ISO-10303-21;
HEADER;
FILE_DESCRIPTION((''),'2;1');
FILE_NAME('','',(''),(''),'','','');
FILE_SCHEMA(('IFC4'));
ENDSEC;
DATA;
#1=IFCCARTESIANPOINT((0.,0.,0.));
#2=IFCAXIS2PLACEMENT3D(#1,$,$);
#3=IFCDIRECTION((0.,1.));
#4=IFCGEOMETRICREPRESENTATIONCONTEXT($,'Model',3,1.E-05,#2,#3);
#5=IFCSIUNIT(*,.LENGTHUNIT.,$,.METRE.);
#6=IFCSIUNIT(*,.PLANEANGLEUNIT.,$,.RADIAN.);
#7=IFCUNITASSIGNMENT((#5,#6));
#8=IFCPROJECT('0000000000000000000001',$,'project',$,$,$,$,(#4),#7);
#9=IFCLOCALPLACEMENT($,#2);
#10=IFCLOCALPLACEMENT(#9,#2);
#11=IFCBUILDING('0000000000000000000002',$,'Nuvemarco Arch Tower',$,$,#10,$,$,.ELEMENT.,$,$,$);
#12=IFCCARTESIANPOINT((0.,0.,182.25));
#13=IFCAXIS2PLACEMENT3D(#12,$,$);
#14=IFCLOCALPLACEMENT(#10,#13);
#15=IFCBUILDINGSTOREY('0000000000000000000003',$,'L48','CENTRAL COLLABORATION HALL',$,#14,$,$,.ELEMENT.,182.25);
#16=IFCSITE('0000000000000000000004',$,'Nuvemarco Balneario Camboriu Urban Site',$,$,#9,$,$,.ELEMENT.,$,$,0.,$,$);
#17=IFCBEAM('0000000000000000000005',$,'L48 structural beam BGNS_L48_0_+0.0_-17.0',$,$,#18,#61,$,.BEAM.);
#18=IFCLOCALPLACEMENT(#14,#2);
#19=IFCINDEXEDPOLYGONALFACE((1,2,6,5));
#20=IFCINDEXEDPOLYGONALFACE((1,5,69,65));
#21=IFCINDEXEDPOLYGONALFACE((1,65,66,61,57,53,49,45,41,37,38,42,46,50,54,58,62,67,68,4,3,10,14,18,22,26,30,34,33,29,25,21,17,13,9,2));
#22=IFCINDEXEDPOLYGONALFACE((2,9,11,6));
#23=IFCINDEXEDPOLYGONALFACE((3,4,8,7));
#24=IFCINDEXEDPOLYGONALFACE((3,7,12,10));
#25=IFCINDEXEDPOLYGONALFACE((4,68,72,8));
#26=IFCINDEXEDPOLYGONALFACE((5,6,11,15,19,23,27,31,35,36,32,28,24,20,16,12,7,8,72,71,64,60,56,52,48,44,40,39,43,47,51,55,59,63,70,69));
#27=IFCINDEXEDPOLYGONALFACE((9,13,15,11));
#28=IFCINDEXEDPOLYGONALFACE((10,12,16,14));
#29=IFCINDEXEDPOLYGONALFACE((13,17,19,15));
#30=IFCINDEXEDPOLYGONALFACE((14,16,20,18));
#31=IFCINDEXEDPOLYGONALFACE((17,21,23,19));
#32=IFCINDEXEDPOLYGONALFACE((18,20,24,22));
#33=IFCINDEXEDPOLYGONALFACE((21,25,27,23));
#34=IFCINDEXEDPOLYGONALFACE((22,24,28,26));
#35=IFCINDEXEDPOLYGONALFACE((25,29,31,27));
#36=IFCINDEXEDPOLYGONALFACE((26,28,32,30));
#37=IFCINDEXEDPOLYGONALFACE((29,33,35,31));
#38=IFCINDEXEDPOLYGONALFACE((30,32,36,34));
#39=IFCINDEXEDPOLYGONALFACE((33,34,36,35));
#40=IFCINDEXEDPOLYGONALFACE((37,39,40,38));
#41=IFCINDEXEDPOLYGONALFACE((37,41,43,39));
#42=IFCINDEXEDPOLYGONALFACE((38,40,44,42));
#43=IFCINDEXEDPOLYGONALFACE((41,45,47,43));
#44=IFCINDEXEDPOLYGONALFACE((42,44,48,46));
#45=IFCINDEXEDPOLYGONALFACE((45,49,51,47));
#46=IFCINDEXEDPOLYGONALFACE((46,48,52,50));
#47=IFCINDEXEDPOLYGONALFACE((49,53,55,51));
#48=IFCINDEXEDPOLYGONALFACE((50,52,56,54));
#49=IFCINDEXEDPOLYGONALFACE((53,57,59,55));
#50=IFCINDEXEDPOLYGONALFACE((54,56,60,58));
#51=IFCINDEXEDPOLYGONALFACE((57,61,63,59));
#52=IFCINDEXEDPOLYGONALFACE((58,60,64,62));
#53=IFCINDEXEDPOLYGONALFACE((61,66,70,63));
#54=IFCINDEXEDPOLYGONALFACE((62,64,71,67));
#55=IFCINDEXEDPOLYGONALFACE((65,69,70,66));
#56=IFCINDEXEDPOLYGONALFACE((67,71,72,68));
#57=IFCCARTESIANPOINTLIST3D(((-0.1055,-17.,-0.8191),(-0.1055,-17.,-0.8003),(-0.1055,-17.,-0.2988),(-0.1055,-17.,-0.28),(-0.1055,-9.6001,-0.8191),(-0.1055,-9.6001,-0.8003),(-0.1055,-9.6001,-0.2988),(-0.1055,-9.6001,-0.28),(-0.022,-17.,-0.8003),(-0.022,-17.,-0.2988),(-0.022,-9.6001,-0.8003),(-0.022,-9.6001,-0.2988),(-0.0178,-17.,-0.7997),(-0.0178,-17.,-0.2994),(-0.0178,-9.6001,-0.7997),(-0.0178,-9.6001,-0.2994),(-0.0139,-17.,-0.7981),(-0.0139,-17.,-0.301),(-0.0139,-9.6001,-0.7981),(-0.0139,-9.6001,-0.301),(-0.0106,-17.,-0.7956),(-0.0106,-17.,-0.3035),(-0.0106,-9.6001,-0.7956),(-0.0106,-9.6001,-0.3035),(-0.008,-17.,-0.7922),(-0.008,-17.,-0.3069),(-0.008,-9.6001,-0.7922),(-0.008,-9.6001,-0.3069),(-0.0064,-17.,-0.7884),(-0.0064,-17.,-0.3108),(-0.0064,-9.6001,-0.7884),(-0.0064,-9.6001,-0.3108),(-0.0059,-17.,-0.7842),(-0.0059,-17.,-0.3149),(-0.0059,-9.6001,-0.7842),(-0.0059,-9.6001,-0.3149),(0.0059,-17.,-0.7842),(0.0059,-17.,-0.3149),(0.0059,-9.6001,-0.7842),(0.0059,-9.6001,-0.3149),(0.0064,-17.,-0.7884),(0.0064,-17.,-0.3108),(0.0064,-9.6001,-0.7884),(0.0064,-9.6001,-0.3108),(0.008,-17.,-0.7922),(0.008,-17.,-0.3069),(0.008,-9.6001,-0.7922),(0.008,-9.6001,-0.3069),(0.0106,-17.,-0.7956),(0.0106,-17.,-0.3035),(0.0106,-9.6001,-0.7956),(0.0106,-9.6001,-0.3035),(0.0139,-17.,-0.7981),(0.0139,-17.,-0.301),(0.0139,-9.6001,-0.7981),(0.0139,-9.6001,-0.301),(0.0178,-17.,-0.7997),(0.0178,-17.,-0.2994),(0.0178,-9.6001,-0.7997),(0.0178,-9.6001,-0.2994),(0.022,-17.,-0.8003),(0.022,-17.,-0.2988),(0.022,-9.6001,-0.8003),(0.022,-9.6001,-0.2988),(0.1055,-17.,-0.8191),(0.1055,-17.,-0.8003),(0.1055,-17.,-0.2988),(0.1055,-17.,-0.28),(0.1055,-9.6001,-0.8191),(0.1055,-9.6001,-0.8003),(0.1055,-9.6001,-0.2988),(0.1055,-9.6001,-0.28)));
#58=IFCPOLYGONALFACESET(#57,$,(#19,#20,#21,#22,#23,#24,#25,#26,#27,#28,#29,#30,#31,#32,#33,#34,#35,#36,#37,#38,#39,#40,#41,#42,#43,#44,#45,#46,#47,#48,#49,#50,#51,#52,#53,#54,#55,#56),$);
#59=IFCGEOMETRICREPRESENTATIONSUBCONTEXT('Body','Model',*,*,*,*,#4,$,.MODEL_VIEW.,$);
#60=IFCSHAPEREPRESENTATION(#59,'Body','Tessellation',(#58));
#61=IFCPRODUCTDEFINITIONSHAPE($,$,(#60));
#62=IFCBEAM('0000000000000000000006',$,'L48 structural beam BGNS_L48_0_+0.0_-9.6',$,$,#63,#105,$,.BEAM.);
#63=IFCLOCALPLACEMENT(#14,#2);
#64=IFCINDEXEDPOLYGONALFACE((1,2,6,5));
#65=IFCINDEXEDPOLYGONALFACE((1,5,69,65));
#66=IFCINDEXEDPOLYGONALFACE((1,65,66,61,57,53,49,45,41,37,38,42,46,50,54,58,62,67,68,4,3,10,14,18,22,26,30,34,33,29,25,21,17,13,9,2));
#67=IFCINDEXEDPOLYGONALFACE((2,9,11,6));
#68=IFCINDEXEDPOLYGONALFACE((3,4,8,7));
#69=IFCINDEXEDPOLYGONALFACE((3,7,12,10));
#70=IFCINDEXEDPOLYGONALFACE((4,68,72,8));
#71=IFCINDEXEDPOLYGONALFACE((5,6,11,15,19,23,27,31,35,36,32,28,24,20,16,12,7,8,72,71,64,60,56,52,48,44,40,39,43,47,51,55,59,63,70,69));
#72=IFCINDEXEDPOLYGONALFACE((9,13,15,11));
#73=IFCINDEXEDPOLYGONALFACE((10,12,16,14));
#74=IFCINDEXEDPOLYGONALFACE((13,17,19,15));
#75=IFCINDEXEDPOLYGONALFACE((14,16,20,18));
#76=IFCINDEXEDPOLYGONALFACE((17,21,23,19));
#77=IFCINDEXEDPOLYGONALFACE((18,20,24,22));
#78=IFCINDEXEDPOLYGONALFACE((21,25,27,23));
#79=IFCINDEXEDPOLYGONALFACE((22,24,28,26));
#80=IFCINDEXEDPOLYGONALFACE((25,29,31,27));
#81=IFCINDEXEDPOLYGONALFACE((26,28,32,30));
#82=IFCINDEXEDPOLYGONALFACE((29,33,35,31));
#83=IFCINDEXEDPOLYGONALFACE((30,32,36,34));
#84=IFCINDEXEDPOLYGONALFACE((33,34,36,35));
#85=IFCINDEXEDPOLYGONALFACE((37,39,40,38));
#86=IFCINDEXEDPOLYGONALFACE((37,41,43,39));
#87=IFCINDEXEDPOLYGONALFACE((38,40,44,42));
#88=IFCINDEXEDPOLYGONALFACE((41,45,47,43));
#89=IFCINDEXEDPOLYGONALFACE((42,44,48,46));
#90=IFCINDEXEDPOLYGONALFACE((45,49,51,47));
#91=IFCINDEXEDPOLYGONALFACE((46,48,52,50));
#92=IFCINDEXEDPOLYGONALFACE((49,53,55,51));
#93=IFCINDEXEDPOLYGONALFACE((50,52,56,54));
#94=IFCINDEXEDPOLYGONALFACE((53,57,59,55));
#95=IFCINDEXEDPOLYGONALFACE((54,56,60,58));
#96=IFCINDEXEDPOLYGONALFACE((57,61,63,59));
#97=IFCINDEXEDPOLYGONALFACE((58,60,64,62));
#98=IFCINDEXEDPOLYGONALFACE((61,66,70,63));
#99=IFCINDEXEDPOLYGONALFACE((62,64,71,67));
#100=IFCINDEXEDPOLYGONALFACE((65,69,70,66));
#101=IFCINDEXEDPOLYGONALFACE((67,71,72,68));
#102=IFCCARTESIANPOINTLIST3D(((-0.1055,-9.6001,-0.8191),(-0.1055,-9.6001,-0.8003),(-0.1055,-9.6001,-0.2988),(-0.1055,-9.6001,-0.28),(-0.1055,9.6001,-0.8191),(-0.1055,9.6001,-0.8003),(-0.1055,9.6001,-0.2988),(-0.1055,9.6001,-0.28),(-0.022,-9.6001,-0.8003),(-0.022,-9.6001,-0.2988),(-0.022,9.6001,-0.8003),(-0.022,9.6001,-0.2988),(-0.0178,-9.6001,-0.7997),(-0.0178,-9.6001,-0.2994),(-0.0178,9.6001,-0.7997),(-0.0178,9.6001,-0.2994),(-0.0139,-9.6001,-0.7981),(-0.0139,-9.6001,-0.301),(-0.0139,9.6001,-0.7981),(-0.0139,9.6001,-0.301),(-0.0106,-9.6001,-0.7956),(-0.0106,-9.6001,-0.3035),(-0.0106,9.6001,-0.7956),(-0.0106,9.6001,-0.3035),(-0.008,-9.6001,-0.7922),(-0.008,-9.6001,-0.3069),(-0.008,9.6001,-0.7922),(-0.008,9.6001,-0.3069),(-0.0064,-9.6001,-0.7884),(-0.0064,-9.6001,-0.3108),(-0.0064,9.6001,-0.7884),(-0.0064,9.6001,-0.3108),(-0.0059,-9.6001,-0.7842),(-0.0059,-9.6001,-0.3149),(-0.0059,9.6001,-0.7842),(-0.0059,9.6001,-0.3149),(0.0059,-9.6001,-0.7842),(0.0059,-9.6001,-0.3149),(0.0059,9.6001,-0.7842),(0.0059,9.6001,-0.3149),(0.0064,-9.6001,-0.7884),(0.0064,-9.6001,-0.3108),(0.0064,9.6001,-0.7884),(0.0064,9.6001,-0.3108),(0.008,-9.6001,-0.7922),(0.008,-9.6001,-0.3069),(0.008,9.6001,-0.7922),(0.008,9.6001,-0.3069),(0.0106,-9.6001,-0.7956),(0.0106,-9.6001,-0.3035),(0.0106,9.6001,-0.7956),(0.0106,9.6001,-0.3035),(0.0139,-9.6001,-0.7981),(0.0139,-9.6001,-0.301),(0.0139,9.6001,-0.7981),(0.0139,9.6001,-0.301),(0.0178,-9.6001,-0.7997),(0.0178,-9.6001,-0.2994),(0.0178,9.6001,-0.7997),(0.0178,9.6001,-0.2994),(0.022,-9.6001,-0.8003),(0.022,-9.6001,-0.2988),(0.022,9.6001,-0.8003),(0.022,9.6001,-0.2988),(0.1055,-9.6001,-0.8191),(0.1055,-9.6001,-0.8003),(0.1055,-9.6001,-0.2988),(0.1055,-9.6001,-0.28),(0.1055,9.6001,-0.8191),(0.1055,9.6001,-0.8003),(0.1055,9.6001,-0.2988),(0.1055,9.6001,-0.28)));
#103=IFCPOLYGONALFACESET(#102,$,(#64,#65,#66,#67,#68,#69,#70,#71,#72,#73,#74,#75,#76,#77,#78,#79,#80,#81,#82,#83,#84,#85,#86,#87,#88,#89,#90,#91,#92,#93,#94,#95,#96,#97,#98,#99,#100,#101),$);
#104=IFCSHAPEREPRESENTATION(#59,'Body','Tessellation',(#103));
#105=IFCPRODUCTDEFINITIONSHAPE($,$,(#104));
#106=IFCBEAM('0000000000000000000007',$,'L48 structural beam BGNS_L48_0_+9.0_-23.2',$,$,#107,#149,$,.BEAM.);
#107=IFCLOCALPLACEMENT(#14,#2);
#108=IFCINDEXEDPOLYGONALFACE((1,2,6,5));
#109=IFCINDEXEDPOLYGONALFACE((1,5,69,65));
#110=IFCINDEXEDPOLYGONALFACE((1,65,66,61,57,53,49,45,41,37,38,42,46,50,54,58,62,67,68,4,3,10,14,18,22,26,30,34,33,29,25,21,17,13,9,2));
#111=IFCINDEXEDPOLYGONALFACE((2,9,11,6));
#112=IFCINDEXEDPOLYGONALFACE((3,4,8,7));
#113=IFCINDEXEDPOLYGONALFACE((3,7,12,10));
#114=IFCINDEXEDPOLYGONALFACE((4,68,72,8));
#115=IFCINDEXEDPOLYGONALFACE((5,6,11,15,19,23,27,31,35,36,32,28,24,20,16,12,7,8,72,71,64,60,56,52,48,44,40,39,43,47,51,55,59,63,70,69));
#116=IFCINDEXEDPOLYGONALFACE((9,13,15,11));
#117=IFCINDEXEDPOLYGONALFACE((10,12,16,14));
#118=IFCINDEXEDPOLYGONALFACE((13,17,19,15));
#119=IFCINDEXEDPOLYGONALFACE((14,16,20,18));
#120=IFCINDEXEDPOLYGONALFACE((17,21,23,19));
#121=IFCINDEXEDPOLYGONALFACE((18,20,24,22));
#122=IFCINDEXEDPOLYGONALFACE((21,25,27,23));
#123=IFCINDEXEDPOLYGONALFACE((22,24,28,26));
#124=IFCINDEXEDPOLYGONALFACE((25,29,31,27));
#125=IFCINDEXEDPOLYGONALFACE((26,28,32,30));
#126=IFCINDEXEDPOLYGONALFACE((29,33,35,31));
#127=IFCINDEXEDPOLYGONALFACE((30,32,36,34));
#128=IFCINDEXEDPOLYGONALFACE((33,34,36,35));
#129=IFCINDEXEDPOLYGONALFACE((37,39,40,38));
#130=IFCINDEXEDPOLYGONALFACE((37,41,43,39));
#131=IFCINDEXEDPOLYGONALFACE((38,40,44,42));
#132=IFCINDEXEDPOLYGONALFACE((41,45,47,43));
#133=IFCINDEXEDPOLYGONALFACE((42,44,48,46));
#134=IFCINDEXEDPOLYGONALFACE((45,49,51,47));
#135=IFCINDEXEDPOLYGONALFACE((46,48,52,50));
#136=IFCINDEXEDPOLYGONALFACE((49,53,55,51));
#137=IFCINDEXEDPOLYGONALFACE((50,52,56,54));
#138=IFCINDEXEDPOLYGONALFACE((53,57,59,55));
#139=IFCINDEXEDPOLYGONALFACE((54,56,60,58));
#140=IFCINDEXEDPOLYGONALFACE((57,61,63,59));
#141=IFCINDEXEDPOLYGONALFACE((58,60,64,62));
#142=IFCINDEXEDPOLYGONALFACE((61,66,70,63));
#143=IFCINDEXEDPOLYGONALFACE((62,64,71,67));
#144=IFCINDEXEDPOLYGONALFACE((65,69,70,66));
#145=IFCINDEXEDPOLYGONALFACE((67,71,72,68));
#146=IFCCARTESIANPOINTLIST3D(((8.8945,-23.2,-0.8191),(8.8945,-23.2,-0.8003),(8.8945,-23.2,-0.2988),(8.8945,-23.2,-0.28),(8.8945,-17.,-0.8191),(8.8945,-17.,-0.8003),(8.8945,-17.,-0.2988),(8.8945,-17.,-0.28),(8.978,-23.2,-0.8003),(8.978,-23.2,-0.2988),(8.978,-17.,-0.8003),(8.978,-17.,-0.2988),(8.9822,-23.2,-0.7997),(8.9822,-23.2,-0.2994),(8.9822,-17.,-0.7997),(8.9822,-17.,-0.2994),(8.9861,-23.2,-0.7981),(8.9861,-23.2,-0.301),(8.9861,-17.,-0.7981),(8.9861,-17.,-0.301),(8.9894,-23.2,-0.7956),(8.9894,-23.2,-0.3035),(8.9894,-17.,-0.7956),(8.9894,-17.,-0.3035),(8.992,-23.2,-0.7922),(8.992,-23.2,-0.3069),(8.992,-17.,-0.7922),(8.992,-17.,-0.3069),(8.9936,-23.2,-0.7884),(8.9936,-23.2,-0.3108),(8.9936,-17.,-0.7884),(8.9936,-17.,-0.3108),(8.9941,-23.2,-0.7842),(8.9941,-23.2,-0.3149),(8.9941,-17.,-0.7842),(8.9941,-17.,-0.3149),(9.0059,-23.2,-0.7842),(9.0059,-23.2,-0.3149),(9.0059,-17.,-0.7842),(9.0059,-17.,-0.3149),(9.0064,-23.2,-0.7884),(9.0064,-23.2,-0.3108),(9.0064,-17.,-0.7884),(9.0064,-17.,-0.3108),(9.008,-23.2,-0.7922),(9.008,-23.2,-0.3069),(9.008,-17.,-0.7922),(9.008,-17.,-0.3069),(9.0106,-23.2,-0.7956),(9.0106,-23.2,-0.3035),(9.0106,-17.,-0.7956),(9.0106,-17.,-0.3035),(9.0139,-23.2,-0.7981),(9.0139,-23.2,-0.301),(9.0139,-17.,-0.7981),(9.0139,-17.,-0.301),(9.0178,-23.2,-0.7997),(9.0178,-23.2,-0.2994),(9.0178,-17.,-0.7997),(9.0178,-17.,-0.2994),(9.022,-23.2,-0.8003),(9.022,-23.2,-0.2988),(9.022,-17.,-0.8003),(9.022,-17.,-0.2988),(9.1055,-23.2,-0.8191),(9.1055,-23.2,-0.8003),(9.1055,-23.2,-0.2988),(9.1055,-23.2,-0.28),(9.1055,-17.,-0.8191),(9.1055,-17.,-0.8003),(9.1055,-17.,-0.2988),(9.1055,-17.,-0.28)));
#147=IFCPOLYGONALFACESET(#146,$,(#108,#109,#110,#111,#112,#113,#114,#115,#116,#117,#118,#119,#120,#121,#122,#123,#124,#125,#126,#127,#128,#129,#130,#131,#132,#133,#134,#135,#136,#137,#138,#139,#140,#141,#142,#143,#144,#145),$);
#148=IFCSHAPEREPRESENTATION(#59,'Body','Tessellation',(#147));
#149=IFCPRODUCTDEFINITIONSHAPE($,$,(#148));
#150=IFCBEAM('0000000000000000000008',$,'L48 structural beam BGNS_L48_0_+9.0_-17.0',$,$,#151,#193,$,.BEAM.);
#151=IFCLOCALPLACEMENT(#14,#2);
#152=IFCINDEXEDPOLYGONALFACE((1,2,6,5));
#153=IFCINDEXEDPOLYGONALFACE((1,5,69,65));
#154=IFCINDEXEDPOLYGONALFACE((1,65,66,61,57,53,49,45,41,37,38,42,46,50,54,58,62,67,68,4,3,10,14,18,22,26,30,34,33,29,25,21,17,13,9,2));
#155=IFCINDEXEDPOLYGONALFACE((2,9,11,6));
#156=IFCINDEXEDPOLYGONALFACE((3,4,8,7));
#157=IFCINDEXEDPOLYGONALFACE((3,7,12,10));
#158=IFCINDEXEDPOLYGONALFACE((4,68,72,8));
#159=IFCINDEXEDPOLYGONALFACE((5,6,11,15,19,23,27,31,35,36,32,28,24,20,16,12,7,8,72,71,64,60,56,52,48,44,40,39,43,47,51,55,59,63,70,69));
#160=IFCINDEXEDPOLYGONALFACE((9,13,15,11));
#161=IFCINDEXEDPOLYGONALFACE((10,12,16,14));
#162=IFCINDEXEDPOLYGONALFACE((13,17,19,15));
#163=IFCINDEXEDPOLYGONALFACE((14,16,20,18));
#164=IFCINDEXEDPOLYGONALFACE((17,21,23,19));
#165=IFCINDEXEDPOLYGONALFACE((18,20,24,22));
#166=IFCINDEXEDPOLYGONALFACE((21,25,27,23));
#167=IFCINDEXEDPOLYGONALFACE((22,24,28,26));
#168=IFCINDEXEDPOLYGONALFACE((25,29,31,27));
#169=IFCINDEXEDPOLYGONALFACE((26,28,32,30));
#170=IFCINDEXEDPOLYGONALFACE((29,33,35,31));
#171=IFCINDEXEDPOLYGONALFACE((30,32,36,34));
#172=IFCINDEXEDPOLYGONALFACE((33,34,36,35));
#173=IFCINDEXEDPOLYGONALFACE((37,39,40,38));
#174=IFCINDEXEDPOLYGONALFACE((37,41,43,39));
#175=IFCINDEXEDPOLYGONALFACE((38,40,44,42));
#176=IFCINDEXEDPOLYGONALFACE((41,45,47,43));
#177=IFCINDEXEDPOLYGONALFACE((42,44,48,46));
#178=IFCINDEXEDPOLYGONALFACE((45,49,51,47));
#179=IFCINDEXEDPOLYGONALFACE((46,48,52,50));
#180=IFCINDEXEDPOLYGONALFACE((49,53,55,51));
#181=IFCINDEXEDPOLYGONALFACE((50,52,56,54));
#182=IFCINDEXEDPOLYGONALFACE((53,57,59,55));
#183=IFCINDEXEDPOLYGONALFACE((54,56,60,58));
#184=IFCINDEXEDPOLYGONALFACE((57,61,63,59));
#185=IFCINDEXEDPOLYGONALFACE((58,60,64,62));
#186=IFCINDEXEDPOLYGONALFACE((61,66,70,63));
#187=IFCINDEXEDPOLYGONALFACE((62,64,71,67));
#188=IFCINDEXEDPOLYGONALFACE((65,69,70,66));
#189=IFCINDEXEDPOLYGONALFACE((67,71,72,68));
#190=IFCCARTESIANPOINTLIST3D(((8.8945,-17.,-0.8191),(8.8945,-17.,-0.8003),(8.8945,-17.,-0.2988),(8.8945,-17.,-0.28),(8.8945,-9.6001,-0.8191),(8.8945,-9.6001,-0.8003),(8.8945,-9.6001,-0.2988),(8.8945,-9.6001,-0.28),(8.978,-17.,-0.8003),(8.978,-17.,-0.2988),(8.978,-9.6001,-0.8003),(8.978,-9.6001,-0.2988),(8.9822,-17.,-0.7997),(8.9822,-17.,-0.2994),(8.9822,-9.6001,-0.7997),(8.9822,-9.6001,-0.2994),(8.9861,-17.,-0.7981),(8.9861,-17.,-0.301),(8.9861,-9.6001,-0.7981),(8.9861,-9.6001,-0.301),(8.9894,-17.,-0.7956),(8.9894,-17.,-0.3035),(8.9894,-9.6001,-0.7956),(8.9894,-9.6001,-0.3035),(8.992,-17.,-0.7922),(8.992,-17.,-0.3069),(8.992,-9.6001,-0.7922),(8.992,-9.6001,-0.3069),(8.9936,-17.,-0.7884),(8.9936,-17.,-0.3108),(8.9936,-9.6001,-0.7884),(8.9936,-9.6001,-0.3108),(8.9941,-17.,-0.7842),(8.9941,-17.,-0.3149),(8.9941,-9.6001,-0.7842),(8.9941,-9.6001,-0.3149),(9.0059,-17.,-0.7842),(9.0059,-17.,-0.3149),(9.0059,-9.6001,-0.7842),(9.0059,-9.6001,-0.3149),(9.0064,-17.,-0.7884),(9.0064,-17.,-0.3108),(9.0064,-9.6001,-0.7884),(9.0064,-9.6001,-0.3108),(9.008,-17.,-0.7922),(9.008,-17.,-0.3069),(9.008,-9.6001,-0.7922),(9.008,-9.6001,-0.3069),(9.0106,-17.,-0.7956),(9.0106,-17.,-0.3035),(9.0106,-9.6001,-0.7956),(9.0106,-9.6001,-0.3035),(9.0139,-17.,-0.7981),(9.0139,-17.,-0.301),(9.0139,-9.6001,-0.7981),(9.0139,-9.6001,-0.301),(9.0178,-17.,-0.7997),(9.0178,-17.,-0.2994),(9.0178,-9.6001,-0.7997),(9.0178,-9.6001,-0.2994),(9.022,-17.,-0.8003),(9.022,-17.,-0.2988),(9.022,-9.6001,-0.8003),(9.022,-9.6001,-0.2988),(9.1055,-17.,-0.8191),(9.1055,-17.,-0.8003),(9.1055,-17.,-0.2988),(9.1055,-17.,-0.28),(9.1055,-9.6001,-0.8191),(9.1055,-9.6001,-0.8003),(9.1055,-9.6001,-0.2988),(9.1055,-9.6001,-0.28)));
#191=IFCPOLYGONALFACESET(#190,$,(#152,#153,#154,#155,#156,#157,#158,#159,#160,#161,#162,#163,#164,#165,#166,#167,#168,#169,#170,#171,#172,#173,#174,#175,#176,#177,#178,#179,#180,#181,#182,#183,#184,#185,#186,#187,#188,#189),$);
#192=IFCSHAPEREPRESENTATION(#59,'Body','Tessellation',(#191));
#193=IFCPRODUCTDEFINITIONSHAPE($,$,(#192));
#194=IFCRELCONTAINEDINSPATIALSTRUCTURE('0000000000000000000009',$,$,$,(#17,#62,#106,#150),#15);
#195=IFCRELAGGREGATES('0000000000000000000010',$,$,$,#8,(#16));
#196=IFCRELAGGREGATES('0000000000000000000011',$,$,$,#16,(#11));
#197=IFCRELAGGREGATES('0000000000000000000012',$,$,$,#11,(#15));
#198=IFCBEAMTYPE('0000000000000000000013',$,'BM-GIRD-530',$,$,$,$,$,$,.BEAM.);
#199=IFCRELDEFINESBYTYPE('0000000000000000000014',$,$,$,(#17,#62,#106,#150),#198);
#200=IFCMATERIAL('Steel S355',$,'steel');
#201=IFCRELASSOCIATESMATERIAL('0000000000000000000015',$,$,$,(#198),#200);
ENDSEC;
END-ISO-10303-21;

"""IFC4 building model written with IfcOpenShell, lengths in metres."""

from ifc_helpers import new_model, si_unit, direction, frame, origin, origin_2d, place, context, subcontext, project, spatial, i_section, extrude, material, material_profile, profile_set, type_object, element, save


model = new_model("IFC4")

# Units and contexts
model_context = context("Model", 3, precision=1e-05, world=origin(), true_north=direction((0.0, 1.0)))
body_context = subcontext(model_context, "Body", "Model", "MODEL_VIEW")
ifc_project = project(units=[si_unit("LENGTHUNIT", "METRE"), si_unit("PLANEANGLEUNIT", "RADIAN")], contexts=[model_context])

# Site, building, storey
site_placement = place(None, origin())
site = spatial("IfcSite", under=ifc_project, at=site_placement, Name="Nuvemarco Balneario Camboriu Urban Site", CompositionType="ELEMENT", RefElevation=0.0)
building_placement = place(site_placement, origin())
building = spatial("IfcBuilding", under=site, at=building_placement, Name="Nuvemarco Arch Tower", CompositionType="ELEMENT")
storey_placement = place(building_placement, frame((0.0, 0.0, 182.25)))
storey = spatial("IfcBuildingStorey", under=building, at=storey_placement, Name="L48", Description="CENTRAL COLLABORATION HALL", CompositionType="ELEMENT", Elevation=182.25)

# Shared definitions
ifc_material_1 = material(Name="Steel S355", Category="steel")

# Beams
ifc_material_profile_1 = material_profile(ifc_material_1, i_section(OverallWidth=0.2109, OverallDepth=0.5391, WebThickness=0.0117, FlangeThickness=0.0188, FilletRadius=0.0161, at=origin_2d()), Name="W530x109")
ifc_profile_set_1 = profile_set([ifc_material_profile_1], Name="Steel S355")
beam_type_1 = type_object("IfcBeamType", Name="BM-GIRD-530", PredefinedType="BEAM", material=ifc_profile_set_1)
beam_1_placement = place(storey_placement, frame((0.0, -17.0, -0.5496), z_axis=(0.0, 1.0, 0.0), x_axis=(-1.0, 0.0, 0.0)))
element("IfcBeam", 1, at=beam_1_placement, inside=storey, type_object=beam_type_1, Name="L48 structural beam BGNS_L48_0_+0.0_-17.0", PredefinedType="BEAM", context=body_context, shape_type="SweptSolid", body=[
    extrude(i_section(OverallWidth=0.2109, OverallDepth=0.5391, WebThickness=0.0117, FlangeThickness=0.0188, FilletRadius=0.0161, at=origin_2d()), origin(), (0.0, 0.0, 1.0), 7.3999),
])
beam_2_placement = place(storey_placement, frame((0.0, -9.6001, -0.5496), z_axis=(0.0, 1.0, 0.0), x_axis=(-1.0, 0.0, 0.0)))
element("IfcBeam", 2, at=beam_2_placement, inside=storey, type_object=beam_type_1, Name="L48 structural beam BGNS_L48_0_+0.0_-9.6", PredefinedType="BEAM", context=body_context, shape_type="SweptSolid", body=[
    extrude(i_section(OverallWidth=0.2109, OverallDepth=0.5391, WebThickness=0.0117, FlangeThickness=0.0188, FilletRadius=0.0161, at=origin_2d()), origin(), (0.0, 0.0, 1.0), 19.2002),
])
beam_3_placement = place(storey_placement, frame((9.0, -23.2, -0.5496), z_axis=(0.0, 1.0, 0.0), x_axis=(-1.0, 0.0, 0.0)))
element("IfcBeam", 3, at=beam_3_placement, inside=storey, type_object=beam_type_1, Name="L48 structural beam BGNS_L48_0_+9.0_-23.2", PredefinedType="BEAM", context=body_context, shape_type="SweptSolid", body=[
    extrude(i_section(OverallWidth=0.2109, OverallDepth=0.5391, WebThickness=0.0117, FlangeThickness=0.0188, FilletRadius=0.0161, at=origin_2d()), origin(), (0.0, 0.0, 1.0), 6.2),
])
beam_4_placement = place(storey_placement, frame((9.0, -17.0, -0.5496), z_axis=(0.0, 1.0, 0.0), x_axis=(-1.0, 0.0, 0.0)))
element("IfcBeam", 4, at=beam_4_placement, inside=storey, type_object=beam_type_1, Name="L48 structural beam BGNS_L48_0_+9.0_-17.0", PredefinedType="BEAM", context=body_context, shape_type="SweptSolid", body=[
    extrude(i_section(OverallWidth=0.2109, OverallDepth=0.5391, WebThickness=0.0117, FlangeThickness=0.0188, FilletRadius=0.0161, at=origin_2d()), origin(), (0.0, 0.0, 1.0), 7.3999),
])

save(model, "model.ifc")
